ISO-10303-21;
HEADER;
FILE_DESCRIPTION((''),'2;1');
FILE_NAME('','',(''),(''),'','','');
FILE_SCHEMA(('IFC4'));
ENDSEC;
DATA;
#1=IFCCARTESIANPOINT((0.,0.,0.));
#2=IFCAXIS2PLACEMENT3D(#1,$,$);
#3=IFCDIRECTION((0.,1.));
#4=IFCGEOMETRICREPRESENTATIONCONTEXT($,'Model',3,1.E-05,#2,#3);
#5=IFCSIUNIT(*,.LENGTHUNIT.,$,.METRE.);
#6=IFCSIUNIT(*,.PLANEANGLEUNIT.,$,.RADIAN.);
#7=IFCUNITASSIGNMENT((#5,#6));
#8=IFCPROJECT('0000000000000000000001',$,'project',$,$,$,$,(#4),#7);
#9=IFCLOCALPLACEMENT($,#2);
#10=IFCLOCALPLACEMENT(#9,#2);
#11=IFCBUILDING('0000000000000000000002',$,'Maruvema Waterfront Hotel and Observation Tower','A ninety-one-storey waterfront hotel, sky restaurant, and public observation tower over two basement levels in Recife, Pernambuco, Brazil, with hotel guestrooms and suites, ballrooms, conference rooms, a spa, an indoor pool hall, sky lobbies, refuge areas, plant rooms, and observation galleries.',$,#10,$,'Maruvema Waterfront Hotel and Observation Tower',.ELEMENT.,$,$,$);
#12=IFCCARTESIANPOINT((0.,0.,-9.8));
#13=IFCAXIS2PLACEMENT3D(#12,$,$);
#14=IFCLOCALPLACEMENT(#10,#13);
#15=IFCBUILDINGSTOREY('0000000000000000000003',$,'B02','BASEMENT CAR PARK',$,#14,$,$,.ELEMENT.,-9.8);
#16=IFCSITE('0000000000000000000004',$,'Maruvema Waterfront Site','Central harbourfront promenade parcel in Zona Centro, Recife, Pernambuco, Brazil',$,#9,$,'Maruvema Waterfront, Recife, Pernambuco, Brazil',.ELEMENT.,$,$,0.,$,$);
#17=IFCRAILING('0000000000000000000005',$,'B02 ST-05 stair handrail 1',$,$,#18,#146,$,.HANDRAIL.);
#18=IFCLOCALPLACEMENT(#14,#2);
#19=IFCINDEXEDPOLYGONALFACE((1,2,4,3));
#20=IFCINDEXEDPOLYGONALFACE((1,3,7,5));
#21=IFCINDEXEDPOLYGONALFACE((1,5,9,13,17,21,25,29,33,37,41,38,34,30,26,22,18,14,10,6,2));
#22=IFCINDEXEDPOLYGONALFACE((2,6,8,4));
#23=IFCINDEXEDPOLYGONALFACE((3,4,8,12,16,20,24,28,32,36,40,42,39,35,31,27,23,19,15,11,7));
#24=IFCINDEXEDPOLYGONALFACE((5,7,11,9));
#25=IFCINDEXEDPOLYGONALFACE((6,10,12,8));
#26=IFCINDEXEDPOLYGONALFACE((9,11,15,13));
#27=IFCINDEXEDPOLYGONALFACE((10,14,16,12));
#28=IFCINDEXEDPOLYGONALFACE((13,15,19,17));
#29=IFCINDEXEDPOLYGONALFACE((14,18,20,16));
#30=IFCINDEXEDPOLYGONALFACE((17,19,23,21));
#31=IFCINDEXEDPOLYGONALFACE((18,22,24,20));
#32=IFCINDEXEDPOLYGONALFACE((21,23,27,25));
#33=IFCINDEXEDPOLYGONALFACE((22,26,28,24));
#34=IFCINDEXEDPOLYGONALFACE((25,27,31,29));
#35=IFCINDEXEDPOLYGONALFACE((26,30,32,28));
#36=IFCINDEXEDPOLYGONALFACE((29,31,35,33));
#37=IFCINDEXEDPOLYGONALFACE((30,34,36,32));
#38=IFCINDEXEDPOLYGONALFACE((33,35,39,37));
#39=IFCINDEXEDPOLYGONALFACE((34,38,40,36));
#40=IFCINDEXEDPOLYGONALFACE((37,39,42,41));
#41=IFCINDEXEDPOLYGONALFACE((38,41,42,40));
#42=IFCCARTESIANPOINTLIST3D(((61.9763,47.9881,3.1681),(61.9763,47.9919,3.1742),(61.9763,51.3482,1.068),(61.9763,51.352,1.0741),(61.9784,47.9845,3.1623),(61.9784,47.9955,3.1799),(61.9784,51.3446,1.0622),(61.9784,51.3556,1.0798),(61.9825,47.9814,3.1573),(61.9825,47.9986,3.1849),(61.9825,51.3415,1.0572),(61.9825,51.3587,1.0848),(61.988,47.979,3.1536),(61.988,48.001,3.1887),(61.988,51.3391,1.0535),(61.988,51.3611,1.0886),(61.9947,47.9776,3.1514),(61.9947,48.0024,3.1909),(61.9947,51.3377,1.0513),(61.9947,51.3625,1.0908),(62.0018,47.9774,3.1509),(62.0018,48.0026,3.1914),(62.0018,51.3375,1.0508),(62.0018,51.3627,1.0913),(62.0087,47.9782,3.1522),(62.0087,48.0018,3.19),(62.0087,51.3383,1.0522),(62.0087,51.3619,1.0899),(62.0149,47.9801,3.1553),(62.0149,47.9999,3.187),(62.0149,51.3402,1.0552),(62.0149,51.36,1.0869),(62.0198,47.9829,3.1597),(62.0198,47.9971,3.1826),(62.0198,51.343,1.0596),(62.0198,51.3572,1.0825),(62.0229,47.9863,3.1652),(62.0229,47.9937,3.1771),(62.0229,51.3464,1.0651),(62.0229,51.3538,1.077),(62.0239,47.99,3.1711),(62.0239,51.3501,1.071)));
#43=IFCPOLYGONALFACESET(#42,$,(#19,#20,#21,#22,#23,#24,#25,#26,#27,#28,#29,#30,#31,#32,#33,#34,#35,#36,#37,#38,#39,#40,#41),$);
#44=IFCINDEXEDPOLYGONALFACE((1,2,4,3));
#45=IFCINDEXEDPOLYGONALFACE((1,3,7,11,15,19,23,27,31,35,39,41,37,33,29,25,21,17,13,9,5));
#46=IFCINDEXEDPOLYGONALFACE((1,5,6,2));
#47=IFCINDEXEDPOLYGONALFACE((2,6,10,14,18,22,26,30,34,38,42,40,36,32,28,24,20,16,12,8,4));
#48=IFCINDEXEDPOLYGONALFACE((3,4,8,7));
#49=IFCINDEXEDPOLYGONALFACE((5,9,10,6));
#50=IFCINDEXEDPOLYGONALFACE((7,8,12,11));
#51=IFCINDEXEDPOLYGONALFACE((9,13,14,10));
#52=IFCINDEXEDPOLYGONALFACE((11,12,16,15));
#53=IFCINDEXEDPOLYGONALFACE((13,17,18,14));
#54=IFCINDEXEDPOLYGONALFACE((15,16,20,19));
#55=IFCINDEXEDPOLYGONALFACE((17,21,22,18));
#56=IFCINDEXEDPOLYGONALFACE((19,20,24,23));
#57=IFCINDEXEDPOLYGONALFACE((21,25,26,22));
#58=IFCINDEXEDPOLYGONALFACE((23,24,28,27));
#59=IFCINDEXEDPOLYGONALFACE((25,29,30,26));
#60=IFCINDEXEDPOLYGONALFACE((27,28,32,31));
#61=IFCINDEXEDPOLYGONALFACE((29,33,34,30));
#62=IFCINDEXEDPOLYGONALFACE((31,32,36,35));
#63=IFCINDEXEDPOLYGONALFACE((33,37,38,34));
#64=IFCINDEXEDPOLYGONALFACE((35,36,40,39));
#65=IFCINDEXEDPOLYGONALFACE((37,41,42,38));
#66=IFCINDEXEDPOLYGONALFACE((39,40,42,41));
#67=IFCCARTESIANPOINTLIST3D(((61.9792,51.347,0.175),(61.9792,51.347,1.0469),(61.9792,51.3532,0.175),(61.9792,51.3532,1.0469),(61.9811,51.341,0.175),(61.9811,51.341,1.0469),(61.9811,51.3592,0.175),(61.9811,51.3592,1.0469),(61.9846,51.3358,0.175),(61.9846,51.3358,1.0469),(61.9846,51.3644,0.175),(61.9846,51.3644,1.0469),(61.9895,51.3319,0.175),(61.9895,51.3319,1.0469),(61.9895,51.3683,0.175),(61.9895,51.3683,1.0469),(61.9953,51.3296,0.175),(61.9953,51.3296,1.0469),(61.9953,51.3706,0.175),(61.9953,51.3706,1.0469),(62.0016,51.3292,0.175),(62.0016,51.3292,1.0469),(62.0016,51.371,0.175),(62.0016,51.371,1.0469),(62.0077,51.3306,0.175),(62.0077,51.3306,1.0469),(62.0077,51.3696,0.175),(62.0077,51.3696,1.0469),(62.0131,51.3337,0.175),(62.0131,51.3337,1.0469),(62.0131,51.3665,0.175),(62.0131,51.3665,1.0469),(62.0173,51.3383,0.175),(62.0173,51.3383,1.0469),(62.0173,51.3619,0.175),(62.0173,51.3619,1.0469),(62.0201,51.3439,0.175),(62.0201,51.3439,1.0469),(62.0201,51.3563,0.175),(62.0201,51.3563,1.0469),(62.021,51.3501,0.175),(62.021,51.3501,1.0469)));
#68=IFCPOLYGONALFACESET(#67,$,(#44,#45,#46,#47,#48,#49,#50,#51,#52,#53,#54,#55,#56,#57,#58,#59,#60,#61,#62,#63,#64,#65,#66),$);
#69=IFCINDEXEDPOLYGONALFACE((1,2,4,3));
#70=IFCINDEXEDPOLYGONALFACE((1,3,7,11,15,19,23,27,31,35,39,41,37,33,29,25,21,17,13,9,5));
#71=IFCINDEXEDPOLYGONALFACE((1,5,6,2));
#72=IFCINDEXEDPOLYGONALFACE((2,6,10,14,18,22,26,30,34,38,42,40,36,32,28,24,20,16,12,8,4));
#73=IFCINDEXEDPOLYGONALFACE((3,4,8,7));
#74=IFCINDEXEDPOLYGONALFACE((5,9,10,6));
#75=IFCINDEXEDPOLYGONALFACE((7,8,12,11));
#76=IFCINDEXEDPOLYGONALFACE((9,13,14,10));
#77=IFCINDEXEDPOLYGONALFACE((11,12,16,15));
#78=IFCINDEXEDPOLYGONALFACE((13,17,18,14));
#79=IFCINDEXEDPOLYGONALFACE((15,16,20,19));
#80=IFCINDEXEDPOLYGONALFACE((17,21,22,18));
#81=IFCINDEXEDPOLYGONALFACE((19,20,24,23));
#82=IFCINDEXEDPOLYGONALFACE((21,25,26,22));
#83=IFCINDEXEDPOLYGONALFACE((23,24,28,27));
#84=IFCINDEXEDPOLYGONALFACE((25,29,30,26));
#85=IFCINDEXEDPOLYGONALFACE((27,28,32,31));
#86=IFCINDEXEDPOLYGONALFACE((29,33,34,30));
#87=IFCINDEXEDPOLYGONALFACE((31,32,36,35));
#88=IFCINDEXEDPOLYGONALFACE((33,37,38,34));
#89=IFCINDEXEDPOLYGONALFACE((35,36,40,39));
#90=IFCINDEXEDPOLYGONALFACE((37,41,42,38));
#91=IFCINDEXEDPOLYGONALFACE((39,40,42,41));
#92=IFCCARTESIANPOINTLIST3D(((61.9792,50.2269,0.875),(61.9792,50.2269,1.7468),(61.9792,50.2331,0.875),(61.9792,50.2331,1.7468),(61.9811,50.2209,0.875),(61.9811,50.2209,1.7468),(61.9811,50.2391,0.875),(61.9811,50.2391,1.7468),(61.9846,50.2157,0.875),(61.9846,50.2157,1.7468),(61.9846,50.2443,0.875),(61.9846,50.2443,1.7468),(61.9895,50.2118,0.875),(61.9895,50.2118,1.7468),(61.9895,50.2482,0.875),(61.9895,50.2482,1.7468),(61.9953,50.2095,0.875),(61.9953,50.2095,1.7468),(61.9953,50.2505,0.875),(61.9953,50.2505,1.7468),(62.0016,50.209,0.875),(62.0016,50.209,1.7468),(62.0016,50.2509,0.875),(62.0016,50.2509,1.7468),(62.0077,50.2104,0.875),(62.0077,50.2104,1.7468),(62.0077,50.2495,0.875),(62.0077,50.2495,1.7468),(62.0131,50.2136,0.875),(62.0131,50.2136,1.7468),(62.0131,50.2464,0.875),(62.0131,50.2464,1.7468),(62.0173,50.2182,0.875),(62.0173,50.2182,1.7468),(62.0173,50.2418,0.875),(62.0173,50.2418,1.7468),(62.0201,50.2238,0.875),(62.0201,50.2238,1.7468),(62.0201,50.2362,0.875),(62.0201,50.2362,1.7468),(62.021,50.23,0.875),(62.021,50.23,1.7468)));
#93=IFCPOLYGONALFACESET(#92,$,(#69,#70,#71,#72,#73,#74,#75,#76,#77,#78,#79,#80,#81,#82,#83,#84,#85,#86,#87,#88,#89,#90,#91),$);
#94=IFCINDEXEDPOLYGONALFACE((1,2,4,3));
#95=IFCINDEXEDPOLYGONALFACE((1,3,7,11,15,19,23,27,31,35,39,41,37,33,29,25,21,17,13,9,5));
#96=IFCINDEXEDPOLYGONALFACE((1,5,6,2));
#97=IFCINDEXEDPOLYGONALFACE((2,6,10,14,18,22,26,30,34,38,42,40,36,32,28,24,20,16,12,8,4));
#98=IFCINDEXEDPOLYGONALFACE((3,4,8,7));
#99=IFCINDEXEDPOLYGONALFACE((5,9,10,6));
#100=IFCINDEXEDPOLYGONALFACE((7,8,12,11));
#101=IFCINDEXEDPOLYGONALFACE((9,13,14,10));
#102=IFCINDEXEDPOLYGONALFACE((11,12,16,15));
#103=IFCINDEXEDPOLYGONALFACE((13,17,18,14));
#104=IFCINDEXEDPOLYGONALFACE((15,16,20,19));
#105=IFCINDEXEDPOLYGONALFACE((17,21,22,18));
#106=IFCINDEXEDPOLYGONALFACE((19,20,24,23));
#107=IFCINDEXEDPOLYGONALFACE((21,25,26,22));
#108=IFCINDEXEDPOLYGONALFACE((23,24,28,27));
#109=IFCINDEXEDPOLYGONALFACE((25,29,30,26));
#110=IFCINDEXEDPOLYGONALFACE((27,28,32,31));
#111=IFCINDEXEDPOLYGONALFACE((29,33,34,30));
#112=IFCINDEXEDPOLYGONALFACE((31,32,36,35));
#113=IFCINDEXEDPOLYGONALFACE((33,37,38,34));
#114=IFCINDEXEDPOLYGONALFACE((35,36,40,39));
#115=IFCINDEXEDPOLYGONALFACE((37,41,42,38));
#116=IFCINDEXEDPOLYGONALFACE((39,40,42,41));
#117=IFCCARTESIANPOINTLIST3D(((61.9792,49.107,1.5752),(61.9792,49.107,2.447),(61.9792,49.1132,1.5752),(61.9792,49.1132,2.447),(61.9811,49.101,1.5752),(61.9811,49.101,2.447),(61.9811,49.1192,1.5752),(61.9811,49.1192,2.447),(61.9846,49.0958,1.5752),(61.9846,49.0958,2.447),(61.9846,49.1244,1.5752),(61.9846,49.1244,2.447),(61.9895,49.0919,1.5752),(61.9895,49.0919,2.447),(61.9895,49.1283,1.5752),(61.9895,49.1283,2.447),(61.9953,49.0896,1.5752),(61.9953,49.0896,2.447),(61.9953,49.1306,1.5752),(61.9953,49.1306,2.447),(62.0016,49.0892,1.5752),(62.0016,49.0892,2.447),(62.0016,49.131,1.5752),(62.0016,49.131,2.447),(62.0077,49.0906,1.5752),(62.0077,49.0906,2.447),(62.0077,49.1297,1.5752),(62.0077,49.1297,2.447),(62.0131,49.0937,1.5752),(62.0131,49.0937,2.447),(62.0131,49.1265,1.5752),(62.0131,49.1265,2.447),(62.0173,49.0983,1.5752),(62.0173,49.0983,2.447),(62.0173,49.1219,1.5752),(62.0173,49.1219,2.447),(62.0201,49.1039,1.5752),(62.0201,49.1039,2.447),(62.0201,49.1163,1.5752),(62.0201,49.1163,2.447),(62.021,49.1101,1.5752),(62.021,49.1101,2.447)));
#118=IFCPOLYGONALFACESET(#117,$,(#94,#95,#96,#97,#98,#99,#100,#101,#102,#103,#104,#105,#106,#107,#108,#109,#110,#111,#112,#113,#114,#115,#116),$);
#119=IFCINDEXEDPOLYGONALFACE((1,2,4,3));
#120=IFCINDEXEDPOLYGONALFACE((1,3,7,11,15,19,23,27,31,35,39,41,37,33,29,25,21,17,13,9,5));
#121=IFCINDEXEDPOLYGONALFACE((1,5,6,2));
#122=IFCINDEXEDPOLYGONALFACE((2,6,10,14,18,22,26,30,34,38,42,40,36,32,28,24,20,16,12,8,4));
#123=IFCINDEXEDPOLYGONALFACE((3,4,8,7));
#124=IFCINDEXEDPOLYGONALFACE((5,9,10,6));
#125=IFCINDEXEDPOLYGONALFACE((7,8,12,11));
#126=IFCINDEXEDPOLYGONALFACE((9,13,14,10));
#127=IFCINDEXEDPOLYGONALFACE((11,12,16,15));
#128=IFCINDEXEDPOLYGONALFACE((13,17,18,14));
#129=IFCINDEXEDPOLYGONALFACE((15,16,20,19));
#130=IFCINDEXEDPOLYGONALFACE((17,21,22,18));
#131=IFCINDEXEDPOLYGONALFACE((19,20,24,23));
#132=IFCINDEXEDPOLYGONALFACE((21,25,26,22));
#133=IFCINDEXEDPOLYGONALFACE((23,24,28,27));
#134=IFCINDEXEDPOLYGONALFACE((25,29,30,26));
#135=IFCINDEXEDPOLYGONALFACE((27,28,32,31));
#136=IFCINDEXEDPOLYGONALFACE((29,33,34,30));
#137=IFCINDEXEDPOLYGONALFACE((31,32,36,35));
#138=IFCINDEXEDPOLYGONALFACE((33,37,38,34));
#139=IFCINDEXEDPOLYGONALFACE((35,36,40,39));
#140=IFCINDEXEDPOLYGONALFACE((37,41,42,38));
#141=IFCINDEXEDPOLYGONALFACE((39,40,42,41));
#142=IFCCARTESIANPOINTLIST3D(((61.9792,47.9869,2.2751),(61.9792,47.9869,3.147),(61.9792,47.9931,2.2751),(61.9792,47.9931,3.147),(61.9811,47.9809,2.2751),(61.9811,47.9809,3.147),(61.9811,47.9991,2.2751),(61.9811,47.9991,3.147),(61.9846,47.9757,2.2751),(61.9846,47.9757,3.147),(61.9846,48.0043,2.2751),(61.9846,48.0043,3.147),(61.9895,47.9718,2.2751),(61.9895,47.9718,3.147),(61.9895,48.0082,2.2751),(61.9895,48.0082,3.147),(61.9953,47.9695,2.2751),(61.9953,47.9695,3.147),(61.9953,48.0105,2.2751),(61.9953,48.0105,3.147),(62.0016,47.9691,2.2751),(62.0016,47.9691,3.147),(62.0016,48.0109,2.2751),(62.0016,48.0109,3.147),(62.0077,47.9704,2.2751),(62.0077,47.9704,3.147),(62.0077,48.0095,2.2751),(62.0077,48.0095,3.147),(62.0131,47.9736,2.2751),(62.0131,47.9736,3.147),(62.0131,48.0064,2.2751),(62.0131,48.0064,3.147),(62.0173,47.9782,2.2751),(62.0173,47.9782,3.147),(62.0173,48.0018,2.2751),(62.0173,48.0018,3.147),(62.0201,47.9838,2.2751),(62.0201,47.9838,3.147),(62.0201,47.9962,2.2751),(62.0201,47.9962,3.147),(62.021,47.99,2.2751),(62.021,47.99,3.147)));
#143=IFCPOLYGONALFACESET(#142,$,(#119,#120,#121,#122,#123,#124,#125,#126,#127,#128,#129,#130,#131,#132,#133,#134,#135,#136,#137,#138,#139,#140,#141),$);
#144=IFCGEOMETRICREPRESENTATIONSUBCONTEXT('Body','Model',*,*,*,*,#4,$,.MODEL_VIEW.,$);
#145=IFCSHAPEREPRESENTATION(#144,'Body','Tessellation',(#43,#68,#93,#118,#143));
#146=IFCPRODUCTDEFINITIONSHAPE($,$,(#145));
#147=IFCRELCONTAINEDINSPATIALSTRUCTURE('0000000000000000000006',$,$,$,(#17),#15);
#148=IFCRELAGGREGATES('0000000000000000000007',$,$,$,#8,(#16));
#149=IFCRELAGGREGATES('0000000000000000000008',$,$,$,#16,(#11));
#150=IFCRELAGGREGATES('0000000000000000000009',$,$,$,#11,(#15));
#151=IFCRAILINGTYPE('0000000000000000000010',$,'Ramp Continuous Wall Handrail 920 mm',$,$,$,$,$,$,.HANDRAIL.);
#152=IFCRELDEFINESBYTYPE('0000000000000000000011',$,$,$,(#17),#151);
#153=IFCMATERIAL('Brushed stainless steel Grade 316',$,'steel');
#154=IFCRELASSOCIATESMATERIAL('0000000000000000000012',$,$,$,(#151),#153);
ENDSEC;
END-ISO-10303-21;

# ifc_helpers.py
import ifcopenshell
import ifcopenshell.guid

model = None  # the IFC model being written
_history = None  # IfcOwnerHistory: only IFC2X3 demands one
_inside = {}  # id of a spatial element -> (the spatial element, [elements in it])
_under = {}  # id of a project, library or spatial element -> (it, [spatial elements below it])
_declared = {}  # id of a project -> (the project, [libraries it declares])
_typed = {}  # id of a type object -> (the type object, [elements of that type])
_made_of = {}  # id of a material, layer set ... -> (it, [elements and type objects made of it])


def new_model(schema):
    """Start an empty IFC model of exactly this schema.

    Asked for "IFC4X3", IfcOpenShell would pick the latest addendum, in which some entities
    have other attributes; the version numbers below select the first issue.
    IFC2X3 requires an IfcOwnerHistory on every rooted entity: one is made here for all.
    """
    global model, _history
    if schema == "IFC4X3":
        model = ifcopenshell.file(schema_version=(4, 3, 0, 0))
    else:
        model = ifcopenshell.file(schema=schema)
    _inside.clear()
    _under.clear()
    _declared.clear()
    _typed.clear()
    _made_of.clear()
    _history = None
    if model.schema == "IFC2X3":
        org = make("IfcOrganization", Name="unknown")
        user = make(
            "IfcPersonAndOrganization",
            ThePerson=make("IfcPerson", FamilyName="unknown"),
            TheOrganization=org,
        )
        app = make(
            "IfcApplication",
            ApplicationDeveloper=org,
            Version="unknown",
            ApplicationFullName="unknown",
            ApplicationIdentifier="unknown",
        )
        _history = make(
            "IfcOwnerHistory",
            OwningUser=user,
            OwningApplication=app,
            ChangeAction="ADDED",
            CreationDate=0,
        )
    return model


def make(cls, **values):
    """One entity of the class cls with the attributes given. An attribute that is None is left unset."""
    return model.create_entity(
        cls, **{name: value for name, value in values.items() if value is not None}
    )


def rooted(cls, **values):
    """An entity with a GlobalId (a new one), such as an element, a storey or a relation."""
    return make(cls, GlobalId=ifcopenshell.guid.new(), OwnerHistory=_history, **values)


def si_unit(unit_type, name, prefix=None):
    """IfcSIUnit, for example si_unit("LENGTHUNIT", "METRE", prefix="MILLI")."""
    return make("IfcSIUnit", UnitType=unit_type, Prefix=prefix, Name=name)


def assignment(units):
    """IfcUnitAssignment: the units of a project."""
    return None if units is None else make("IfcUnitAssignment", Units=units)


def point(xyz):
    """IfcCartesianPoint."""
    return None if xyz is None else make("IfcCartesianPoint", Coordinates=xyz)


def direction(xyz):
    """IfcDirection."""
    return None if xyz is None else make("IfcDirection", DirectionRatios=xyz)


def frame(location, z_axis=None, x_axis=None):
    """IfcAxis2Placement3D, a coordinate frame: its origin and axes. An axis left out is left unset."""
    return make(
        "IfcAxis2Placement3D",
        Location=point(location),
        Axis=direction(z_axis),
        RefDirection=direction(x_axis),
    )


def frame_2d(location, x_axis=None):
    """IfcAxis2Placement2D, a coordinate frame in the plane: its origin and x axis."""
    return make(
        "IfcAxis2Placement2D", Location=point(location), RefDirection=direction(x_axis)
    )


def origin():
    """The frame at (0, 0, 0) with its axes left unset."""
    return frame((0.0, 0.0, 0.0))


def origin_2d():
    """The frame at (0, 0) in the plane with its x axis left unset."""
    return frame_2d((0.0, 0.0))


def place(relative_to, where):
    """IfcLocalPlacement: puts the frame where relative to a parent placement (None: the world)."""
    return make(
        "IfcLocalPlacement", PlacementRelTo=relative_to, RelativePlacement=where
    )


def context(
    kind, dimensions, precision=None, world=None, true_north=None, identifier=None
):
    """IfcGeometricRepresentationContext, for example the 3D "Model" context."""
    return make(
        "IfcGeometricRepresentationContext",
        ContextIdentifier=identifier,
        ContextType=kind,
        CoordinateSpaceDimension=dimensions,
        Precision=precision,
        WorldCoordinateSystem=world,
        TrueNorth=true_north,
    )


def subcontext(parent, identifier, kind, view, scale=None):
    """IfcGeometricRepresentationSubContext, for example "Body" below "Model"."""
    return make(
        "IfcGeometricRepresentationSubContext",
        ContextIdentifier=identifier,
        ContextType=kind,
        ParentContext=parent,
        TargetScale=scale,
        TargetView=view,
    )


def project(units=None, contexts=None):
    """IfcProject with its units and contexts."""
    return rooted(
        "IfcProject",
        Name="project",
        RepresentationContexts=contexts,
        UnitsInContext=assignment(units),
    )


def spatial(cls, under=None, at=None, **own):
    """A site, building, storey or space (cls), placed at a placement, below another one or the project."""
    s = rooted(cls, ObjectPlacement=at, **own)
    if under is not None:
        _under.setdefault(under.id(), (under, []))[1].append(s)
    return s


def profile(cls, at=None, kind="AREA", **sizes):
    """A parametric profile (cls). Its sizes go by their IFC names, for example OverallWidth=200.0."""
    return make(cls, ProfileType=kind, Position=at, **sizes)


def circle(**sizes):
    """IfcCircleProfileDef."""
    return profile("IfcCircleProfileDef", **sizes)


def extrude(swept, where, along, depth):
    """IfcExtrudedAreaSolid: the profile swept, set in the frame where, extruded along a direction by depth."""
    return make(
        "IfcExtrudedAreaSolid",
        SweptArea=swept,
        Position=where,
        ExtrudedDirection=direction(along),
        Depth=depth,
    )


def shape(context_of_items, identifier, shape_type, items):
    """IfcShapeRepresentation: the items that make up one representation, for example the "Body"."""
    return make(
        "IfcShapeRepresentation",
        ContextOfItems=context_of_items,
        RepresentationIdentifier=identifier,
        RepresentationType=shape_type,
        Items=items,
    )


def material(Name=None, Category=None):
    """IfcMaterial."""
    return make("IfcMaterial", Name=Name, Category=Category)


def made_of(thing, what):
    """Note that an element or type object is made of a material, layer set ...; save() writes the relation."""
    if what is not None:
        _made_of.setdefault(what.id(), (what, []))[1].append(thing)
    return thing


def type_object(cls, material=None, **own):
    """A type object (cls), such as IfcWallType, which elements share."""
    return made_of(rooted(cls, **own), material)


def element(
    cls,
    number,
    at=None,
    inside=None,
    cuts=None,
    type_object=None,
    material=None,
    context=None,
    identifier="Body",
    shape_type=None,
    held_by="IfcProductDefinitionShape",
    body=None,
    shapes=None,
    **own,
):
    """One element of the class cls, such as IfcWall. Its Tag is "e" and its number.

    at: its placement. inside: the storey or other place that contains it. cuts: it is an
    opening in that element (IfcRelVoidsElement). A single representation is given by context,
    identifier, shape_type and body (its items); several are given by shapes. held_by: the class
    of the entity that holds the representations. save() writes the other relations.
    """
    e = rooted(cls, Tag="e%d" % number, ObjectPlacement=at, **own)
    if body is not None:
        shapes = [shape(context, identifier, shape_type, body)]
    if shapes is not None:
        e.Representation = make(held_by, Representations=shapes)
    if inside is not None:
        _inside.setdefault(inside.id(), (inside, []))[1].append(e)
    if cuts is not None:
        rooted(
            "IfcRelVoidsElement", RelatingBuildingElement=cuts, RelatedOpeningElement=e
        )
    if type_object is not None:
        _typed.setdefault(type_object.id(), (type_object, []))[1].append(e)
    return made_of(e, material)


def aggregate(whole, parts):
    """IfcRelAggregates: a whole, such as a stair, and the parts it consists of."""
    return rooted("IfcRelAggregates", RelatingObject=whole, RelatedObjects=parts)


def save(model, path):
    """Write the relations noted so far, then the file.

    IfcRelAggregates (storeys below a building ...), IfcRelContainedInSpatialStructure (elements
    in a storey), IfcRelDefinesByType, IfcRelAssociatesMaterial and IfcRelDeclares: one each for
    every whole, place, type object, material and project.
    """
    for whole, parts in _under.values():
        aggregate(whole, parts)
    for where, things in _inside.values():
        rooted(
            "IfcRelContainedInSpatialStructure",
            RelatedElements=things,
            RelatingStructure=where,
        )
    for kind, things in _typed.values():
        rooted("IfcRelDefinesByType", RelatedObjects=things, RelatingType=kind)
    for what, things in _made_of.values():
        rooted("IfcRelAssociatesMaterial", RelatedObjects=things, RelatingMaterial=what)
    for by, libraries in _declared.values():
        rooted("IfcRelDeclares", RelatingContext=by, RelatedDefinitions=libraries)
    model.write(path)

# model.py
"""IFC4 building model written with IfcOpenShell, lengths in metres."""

from ifc_helpers import new_model, si_unit, direction, frame, origin, origin_2d, place, context, subcontext, project, spatial, circle, extrude, material, type_object, element, save


model = new_model("IFC4")

# Units and contexts
model_context = context("Model", 3, precision=1e-05, world=origin(), true_north=direction((0.0, 1.0)))
body_context = subcontext(model_context, "Body", "Model", "MODEL_VIEW")
ifc_project = project(units=[si_unit("LENGTHUNIT", "METRE"), si_unit("PLANEANGLEUNIT", "RADIAN")], contexts=[model_context])

# Site, building, storey
site_placement = place(None, origin())
site = spatial("IfcSite", under=ifc_project, at=site_placement, Name="Maruvema Waterfront Site", Description="Central harbourfront promenade parcel in Zona Centro, Recife, Pernambuco, Brazil", LongName="Maruvema Waterfront, Recife, Pernambuco, Brazil", CompositionType="ELEMENT", RefElevation=0.0)
building_placement = place(site_placement, origin())
building = spatial("IfcBuilding", under=site, at=building_placement, Name="Maruvema Waterfront Hotel and Observation Tower", Description="A ninety-one-storey waterfront hotel, sky restaurant, and public observation tower over two basement levels in Recife, Pernambuco, Brazil, with hotel guestrooms and suites, ballrooms, conference rooms, a spa, an indoor pool hall, sky lobbies, refuge areas, plant rooms, and observation galleries.", LongName="Maruvema Waterfront Hotel and Observation Tower", CompositionType="ELEMENT")
storey_placement = place(building_placement, frame((0.0, 0.0, -9.8)))
storey = spatial("IfcBuildingStorey", under=building, at=storey_placement, Name="B02", Description="BASEMENT CAR PARK", CompositionType="ELEMENT", Elevation=-9.8)

# Railing
ifc_material_1 = material(Name="Brushed stainless steel Grade 316", Category="steel")
railing_type = type_object("IfcRailingType", Name="Ramp Continuous Wall Handrail 920 mm", PredefinedType="HANDRAIL", material=ifc_material_1)
railing_placement = place(storey_placement, frame((62.0, 51.3501, 0.175)))
element("IfcRailing", 1, at=railing_placement, inside=storey, type_object=railing_type, Name="B02 ST-05 stair handrail 1", PredefinedType="HANDRAIL", context=body_context, shape_type="SweptSolid", body=[
    extrude(circle(Radius=0.0239, at=origin_2d()), frame((0.0, 0.0, 0.896), z_axis=(0.0, -0.847995, 0.530004), x_axis=(1.0, 0.0, 0.0)), (0.0, 0.0, 1.0), 3.9624),
    extrude(circle(Radius=0.021, at=origin_2d()), origin(), (0.0, 0.0, 1.0), 0.8718),
    extrude(circle(Radius=0.021, at=origin_2d()), frame((0.0, -1.1201, 0.7)), (0.0, 0.0, 1.0), 0.8718),
    extrude(circle(Radius=0.021, at=origin_2d()), frame((0.0, -2.24, 1.4001)), (0.0, 0.0, 1.0), 0.8718),
    extrude(circle(Radius=0.021, at=origin_2d()), frame((0.0, -3.3601, 2.1001)), (0.0, 0.0, 1.0), 0.8718),
])

save(model, "model.ifc")
